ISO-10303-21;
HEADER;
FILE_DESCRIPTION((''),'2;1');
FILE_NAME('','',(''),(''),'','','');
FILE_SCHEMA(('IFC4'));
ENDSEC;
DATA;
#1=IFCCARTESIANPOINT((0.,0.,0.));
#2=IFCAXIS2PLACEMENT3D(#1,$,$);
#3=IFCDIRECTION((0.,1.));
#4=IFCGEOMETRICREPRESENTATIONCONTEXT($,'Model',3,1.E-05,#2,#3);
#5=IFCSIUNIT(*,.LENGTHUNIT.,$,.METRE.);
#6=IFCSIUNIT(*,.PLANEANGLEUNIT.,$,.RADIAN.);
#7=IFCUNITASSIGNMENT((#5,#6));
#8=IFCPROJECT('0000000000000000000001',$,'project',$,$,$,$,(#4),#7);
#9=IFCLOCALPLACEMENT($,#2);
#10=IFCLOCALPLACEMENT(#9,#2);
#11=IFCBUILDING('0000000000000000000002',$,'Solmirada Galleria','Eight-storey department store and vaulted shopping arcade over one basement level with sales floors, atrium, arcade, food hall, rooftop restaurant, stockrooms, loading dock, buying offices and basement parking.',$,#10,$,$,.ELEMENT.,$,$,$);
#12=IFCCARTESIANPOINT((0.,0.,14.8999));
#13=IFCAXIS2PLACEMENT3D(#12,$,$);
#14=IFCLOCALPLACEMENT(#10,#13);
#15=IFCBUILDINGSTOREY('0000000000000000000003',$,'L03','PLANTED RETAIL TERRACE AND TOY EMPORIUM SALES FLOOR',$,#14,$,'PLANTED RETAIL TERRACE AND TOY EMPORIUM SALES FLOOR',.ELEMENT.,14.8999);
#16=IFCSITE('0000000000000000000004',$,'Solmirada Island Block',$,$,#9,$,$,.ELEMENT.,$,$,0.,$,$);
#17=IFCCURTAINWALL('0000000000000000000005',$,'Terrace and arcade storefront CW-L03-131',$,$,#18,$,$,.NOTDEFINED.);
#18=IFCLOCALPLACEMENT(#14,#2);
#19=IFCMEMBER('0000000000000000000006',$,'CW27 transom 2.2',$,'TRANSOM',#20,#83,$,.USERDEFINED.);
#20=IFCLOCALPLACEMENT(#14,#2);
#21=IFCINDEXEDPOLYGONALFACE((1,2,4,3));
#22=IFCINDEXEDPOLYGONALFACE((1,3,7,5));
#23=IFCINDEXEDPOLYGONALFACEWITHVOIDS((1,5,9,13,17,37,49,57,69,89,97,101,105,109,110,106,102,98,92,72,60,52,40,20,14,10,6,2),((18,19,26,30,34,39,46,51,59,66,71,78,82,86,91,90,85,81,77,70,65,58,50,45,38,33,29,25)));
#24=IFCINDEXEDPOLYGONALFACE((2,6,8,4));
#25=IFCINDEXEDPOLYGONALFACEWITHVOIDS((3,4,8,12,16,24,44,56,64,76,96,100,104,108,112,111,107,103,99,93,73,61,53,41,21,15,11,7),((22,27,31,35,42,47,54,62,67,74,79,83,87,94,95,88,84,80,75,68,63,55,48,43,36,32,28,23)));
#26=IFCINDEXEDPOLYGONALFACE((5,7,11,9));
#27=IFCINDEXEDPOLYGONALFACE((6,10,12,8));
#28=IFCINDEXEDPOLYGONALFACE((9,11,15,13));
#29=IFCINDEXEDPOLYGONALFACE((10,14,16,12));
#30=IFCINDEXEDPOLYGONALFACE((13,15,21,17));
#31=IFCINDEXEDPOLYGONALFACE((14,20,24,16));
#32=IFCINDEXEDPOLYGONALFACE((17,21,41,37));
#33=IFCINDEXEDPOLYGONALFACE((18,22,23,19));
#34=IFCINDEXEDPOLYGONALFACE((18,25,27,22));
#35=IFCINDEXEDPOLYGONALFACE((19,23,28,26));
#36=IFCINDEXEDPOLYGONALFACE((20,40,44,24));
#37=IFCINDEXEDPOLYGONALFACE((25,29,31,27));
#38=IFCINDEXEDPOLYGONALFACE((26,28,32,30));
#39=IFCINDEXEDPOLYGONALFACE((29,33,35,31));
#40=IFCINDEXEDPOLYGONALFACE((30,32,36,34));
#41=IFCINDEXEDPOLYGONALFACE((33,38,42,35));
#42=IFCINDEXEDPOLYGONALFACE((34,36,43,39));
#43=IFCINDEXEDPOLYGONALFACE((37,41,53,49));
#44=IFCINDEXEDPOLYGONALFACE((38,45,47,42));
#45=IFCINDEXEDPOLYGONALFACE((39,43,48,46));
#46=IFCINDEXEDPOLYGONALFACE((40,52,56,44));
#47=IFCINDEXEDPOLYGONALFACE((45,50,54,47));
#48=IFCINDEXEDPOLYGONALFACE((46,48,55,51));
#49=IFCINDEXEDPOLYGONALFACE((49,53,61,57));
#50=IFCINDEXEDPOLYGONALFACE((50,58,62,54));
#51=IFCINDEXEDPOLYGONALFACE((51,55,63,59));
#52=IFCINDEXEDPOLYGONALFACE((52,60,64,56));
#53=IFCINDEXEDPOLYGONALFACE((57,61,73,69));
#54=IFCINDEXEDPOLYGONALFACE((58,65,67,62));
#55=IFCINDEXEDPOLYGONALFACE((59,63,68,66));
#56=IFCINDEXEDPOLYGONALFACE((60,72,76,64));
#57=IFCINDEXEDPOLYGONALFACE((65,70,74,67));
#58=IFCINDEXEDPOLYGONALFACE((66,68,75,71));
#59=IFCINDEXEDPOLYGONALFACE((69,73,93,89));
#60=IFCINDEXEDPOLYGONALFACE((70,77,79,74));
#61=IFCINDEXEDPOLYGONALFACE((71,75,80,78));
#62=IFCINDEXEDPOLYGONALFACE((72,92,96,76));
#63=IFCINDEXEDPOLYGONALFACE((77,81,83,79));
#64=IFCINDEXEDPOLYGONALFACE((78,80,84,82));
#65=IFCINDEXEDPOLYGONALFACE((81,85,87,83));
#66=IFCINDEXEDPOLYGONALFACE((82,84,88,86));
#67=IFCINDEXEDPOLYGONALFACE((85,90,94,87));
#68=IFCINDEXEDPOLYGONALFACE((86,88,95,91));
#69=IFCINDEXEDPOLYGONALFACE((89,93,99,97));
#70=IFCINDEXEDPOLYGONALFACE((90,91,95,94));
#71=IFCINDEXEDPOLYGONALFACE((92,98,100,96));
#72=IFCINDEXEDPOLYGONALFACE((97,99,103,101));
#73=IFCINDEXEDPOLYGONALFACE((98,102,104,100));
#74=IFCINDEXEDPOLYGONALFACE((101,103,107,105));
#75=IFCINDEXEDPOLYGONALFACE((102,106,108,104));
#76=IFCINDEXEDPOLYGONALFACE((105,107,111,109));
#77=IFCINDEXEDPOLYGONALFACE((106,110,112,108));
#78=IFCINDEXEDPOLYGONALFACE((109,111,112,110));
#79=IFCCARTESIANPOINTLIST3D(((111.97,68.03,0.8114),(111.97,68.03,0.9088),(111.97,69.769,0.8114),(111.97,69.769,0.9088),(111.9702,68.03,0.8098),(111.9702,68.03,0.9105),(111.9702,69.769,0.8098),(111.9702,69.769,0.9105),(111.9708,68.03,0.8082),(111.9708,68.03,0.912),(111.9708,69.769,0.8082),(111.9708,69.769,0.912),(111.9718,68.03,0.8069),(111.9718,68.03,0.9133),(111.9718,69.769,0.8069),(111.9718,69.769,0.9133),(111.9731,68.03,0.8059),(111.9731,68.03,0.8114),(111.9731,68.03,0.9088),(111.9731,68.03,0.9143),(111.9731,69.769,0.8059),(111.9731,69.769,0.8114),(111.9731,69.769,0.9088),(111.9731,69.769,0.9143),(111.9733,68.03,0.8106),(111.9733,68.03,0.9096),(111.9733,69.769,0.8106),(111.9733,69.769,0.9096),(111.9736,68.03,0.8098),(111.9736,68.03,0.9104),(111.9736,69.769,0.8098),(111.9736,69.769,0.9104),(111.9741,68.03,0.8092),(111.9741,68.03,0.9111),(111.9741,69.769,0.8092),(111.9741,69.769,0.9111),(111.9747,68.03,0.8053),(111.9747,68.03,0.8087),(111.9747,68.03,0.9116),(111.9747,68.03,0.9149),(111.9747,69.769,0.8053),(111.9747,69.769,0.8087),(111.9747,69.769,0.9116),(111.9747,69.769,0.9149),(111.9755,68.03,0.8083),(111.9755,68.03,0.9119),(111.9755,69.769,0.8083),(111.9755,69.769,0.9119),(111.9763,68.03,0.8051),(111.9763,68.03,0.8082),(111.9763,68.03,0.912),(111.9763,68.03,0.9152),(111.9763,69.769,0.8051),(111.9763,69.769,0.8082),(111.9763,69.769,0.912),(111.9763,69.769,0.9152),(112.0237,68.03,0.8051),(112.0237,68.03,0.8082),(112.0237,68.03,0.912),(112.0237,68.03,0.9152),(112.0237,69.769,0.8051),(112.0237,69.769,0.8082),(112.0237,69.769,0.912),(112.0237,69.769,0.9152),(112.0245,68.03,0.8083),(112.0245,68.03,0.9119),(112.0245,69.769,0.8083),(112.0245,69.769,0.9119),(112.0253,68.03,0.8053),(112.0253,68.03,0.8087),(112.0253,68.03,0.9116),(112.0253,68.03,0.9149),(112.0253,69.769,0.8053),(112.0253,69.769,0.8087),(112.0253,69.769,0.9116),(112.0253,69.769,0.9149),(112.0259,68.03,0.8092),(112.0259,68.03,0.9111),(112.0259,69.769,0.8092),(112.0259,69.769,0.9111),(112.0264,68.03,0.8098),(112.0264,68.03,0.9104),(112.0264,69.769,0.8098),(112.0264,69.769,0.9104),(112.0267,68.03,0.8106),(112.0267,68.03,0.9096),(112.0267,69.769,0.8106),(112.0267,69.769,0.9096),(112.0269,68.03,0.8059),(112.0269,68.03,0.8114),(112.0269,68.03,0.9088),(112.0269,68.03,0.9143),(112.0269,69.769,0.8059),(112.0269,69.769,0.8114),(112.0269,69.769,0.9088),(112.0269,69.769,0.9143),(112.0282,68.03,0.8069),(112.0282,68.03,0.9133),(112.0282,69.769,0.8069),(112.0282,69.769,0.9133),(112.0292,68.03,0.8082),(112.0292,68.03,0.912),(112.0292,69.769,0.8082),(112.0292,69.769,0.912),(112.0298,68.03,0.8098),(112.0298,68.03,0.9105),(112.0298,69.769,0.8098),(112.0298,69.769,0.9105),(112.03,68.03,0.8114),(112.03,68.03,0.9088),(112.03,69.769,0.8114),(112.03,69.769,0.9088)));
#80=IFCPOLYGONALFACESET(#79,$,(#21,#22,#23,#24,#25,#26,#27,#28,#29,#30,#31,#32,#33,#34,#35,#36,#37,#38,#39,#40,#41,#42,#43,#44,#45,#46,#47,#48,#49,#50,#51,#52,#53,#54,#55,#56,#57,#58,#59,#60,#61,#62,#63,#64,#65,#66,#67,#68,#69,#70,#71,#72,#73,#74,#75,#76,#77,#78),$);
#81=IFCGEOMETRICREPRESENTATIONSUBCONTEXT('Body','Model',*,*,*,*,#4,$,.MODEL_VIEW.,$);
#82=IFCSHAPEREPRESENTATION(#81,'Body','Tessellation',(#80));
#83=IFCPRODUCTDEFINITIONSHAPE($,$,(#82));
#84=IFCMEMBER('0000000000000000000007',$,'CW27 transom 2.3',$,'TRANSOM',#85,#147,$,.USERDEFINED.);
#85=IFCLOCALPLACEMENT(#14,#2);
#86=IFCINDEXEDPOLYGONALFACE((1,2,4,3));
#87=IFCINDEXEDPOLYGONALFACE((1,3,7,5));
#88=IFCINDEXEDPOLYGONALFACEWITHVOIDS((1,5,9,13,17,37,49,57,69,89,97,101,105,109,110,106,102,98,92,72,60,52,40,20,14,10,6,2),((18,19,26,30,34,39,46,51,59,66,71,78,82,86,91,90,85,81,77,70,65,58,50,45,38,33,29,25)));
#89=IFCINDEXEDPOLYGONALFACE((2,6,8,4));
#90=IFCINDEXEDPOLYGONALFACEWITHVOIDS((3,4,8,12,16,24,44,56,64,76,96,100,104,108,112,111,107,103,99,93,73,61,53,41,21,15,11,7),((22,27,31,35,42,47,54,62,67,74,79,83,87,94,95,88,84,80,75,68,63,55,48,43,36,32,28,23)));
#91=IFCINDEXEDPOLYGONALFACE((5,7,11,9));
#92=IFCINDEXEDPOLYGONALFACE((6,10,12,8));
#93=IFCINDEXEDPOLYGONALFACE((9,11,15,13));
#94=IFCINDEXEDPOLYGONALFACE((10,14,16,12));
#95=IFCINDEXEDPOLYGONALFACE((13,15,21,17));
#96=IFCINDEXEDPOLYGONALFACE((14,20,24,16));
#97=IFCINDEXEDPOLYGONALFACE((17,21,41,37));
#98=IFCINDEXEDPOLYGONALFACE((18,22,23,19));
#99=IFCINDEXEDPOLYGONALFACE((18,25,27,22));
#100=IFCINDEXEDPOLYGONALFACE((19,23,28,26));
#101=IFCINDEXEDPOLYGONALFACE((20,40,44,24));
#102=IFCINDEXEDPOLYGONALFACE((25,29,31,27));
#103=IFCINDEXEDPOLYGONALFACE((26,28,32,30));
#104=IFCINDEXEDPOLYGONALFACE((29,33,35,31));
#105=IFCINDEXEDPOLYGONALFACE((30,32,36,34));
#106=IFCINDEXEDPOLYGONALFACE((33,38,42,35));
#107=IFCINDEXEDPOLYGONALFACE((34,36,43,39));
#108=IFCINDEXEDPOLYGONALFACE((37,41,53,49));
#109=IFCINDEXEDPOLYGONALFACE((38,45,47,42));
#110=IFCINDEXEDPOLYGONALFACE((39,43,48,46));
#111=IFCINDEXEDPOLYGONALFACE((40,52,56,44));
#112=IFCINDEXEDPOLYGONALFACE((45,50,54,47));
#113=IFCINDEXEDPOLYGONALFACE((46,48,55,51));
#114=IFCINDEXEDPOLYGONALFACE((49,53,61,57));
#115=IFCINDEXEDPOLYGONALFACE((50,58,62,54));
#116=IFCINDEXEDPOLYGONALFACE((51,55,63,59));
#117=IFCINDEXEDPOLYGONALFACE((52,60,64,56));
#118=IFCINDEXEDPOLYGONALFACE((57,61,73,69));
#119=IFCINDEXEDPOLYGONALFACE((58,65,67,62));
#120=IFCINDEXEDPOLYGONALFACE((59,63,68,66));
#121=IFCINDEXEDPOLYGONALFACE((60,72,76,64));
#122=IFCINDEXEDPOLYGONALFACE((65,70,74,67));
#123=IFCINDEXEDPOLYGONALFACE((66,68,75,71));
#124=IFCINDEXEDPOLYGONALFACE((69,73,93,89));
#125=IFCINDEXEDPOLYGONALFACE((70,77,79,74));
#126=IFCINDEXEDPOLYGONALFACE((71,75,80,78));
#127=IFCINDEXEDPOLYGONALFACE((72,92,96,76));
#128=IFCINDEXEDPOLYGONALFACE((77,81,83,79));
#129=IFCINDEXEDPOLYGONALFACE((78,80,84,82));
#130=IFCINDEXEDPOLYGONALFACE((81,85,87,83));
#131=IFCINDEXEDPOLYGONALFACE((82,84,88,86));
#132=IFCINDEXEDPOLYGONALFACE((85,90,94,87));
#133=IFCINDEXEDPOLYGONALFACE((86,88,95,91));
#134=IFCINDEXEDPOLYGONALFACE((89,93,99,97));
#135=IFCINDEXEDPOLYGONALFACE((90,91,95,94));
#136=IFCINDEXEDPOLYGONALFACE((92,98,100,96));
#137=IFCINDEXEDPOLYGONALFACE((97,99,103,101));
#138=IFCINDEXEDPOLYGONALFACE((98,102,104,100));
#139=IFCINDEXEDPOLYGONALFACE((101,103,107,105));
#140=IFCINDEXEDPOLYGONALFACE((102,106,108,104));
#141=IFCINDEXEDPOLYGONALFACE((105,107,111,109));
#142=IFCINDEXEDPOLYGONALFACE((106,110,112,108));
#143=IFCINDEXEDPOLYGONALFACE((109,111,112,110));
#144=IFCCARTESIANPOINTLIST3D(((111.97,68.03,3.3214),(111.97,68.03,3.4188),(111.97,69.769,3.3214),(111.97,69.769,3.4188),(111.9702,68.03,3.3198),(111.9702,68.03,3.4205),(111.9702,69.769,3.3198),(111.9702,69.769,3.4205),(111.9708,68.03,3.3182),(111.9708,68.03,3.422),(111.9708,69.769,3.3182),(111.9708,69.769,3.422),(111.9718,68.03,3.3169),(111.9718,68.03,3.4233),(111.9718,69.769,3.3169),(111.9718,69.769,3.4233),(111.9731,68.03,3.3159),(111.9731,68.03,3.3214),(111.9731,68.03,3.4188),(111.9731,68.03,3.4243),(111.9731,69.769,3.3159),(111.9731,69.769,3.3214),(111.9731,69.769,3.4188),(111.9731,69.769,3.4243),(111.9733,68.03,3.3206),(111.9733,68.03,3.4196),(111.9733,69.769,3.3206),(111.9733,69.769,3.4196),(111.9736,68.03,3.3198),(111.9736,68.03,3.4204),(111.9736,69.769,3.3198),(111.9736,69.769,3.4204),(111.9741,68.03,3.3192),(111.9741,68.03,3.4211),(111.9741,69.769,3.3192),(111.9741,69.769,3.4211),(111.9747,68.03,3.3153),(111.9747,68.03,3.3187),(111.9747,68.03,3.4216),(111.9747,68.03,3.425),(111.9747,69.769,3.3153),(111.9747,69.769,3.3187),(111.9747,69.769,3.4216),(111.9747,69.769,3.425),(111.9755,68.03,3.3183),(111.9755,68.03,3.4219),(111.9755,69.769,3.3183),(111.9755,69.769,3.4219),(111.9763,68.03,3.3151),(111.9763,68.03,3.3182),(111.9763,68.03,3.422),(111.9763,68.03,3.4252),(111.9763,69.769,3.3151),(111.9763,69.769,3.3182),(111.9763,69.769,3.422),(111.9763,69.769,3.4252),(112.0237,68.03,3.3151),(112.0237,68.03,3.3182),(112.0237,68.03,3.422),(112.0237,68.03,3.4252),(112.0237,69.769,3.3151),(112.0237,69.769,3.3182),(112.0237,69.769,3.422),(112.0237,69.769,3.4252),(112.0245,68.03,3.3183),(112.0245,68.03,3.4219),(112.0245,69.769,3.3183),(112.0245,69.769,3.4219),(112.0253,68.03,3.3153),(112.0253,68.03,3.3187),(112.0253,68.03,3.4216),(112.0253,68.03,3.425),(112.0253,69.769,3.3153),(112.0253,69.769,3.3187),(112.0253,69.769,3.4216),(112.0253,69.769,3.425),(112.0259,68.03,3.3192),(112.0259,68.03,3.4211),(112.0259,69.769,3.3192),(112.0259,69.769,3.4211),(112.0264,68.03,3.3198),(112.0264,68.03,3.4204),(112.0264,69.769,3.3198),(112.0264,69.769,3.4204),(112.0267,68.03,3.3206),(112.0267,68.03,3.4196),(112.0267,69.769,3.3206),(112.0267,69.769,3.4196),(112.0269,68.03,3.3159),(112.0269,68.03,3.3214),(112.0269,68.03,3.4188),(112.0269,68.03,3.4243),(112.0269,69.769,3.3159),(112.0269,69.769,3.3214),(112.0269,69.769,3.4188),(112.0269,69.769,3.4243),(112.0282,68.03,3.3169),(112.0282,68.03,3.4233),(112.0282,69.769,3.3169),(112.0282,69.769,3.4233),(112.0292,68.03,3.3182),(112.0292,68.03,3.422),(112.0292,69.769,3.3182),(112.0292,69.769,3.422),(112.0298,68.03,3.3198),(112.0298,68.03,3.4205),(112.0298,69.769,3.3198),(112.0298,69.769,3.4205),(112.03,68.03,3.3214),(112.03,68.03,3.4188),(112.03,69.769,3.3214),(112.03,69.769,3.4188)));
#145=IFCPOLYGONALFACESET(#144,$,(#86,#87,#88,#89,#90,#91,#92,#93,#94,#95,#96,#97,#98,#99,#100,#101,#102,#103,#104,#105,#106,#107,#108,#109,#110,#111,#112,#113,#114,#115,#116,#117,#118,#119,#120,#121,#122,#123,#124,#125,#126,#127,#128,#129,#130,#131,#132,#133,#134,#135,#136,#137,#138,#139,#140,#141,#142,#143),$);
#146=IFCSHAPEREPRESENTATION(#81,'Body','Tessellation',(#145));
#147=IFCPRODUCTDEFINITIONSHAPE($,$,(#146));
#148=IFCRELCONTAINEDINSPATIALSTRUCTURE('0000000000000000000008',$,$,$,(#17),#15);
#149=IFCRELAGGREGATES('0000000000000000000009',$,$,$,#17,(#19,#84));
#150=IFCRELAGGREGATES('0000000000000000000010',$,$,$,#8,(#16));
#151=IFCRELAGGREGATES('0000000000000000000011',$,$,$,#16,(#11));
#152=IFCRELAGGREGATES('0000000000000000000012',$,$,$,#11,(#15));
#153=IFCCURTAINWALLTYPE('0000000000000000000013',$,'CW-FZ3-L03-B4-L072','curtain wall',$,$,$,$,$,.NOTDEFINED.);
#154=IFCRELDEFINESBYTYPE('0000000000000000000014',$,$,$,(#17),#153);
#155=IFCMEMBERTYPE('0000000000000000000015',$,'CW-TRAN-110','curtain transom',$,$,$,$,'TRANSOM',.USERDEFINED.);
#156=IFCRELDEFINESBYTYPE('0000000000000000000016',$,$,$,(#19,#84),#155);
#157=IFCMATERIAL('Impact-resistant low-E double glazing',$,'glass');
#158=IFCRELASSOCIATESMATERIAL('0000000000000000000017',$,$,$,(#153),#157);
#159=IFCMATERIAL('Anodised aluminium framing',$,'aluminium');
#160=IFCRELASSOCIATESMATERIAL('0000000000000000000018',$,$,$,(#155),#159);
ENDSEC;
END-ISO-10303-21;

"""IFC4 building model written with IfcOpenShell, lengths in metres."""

from ifc_helpers import new_model, si_unit, direction, frame, origin, origin_2d, place, context, subcontext, project, spatial, hollow_rectangle, extrude, material, material_profile, profile_set, type_object, element, aggregate, save


model = new_model("IFC4")

# Units and contexts
model_context = context("Model", 3, precision=1e-05, world=origin(), true_north=direction((0.0, 1.0)))
body_context = subcontext(model_context, "Body", "Model", "MODEL_VIEW")
ifc_project = project(units=[si_unit("LENGTHUNIT", "METRE"), si_unit("PLANEANGLEUNIT", "RADIAN")], contexts=[model_context])

# Site, building, storey
site_placement = place(None, origin())
site = spatial("IfcSite", under=ifc_project, at=site_placement, Name="Solmirada Island Block", CompositionType="ELEMENT", RefElevation=0.0)
building_placement = place(site_placement, origin())
building = spatial("IfcBuilding", under=site, at=building_placement, Name="Solmirada Galleria", Description="Eight-storey department store and vaulted shopping arcade over one basement level with sales floors, atrium, arcade, food hall, rooftop restaurant, stockrooms, loading dock, buying offices and basement parking.", CompositionType="ELEMENT")
storey_placement = place(building_placement, frame((0.0, 0.0, 14.8999)))
storey = spatial("IfcBuildingStorey", under=building, at=storey_placement, Name="L03", Description="PLANTED RETAIL TERRACE AND TOY EMPORIUM SALES FLOOR", LongName="PLANTED RETAIL TERRACE AND TOY EMPORIUM SALES FLOOR", CompositionType="ELEMENT", Elevation=14.8999)

# Curtain wall, members
ifc_material_1 = material(Name="Impact-resistant low-E double glazing", Category="glass")
curtain_wall_type = type_object("IfcCurtainWallType", Name="CW-FZ3-L03-B4-L072", Description="curtain wall", PredefinedType="NOTDEFINED", material=ifc_material_1)
curtain_wall_placement = place(storey_placement, origin())
curtain_wall = element("IfcCurtainWall", 1, at=curtain_wall_placement, inside=storey, type_object=curtain_wall_type, Name="Terrace and arcade storefront CW-L03-131", PredefinedType="NOTDEFINED")
ifc_material_2 = material(Name="Anodised aluminium framing", Category="aluminium")
ifc_material_profile_1 = material_profile(ifc_material_2, hollow_rectangle(XDim=0.0601, YDim=0.1101, WallThickness=0.0032, InnerFilletRadius=0.0032, OuterFilletRadius=0.0063, at=origin_2d()), Name="ALU-TRAN-110X60")
ifc_profile_set_1 = profile_set([ifc_material_profile_1], Name="Anodised aluminium framing")
member_type_1 = type_object("IfcMemberType", Name="CW-TRAN-110", Description="curtain transom", ElementType="TRANSOM", PredefinedType="USERDEFINED", material=ifc_profile_set_1)
member_1_placement = place(storey_placement, frame((112.0, 69.769, 0.8601), z_axis=(0.0, -1.0, 0.0), x_axis=(1.0, 0.0, 0.0)))
member_1 = element("IfcMember", 2, at=member_1_placement, type_object=member_type_1, Name="CW27 transom 2.2", ObjectType="TRANSOM", PredefinedType="USERDEFINED", context=body_context, shape_type="SweptSolid", body=[
    extrude(hollow_rectangle(XDim=0.0601, YDim=0.1101, WallThickness=0.0032, InnerFilletRadius=0.0032, OuterFilletRadius=0.0063, at=origin_2d()), origin(), (0.0, 0.0, 1.0), 1.739),
])
member_2_placement = place(storey_placement, frame((112.0, 69.769, 3.3701), z_axis=(0.0, -1.0, 0.0), x_axis=(1.0, 0.0, 0.0)))
member_2 = element("IfcMember", 3, at=member_2_placement, type_object=member_type_1, Name="CW27 transom 2.3", ObjectType="TRANSOM", PredefinedType="USERDEFINED", context=body_context, shape_type="SweptSolid", body=[
    extrude(hollow_rectangle(XDim=0.0601, YDim=0.1101, WallThickness=0.0032, InnerFilletRadius=0.0032, OuterFilletRadius=0.0063, at=origin_2d()), origin(), (0.0, 0.0, 1.0), 1.739),
])
aggregate(curtain_wall, [member_1, member_2])

save(model, "model.ifc")
